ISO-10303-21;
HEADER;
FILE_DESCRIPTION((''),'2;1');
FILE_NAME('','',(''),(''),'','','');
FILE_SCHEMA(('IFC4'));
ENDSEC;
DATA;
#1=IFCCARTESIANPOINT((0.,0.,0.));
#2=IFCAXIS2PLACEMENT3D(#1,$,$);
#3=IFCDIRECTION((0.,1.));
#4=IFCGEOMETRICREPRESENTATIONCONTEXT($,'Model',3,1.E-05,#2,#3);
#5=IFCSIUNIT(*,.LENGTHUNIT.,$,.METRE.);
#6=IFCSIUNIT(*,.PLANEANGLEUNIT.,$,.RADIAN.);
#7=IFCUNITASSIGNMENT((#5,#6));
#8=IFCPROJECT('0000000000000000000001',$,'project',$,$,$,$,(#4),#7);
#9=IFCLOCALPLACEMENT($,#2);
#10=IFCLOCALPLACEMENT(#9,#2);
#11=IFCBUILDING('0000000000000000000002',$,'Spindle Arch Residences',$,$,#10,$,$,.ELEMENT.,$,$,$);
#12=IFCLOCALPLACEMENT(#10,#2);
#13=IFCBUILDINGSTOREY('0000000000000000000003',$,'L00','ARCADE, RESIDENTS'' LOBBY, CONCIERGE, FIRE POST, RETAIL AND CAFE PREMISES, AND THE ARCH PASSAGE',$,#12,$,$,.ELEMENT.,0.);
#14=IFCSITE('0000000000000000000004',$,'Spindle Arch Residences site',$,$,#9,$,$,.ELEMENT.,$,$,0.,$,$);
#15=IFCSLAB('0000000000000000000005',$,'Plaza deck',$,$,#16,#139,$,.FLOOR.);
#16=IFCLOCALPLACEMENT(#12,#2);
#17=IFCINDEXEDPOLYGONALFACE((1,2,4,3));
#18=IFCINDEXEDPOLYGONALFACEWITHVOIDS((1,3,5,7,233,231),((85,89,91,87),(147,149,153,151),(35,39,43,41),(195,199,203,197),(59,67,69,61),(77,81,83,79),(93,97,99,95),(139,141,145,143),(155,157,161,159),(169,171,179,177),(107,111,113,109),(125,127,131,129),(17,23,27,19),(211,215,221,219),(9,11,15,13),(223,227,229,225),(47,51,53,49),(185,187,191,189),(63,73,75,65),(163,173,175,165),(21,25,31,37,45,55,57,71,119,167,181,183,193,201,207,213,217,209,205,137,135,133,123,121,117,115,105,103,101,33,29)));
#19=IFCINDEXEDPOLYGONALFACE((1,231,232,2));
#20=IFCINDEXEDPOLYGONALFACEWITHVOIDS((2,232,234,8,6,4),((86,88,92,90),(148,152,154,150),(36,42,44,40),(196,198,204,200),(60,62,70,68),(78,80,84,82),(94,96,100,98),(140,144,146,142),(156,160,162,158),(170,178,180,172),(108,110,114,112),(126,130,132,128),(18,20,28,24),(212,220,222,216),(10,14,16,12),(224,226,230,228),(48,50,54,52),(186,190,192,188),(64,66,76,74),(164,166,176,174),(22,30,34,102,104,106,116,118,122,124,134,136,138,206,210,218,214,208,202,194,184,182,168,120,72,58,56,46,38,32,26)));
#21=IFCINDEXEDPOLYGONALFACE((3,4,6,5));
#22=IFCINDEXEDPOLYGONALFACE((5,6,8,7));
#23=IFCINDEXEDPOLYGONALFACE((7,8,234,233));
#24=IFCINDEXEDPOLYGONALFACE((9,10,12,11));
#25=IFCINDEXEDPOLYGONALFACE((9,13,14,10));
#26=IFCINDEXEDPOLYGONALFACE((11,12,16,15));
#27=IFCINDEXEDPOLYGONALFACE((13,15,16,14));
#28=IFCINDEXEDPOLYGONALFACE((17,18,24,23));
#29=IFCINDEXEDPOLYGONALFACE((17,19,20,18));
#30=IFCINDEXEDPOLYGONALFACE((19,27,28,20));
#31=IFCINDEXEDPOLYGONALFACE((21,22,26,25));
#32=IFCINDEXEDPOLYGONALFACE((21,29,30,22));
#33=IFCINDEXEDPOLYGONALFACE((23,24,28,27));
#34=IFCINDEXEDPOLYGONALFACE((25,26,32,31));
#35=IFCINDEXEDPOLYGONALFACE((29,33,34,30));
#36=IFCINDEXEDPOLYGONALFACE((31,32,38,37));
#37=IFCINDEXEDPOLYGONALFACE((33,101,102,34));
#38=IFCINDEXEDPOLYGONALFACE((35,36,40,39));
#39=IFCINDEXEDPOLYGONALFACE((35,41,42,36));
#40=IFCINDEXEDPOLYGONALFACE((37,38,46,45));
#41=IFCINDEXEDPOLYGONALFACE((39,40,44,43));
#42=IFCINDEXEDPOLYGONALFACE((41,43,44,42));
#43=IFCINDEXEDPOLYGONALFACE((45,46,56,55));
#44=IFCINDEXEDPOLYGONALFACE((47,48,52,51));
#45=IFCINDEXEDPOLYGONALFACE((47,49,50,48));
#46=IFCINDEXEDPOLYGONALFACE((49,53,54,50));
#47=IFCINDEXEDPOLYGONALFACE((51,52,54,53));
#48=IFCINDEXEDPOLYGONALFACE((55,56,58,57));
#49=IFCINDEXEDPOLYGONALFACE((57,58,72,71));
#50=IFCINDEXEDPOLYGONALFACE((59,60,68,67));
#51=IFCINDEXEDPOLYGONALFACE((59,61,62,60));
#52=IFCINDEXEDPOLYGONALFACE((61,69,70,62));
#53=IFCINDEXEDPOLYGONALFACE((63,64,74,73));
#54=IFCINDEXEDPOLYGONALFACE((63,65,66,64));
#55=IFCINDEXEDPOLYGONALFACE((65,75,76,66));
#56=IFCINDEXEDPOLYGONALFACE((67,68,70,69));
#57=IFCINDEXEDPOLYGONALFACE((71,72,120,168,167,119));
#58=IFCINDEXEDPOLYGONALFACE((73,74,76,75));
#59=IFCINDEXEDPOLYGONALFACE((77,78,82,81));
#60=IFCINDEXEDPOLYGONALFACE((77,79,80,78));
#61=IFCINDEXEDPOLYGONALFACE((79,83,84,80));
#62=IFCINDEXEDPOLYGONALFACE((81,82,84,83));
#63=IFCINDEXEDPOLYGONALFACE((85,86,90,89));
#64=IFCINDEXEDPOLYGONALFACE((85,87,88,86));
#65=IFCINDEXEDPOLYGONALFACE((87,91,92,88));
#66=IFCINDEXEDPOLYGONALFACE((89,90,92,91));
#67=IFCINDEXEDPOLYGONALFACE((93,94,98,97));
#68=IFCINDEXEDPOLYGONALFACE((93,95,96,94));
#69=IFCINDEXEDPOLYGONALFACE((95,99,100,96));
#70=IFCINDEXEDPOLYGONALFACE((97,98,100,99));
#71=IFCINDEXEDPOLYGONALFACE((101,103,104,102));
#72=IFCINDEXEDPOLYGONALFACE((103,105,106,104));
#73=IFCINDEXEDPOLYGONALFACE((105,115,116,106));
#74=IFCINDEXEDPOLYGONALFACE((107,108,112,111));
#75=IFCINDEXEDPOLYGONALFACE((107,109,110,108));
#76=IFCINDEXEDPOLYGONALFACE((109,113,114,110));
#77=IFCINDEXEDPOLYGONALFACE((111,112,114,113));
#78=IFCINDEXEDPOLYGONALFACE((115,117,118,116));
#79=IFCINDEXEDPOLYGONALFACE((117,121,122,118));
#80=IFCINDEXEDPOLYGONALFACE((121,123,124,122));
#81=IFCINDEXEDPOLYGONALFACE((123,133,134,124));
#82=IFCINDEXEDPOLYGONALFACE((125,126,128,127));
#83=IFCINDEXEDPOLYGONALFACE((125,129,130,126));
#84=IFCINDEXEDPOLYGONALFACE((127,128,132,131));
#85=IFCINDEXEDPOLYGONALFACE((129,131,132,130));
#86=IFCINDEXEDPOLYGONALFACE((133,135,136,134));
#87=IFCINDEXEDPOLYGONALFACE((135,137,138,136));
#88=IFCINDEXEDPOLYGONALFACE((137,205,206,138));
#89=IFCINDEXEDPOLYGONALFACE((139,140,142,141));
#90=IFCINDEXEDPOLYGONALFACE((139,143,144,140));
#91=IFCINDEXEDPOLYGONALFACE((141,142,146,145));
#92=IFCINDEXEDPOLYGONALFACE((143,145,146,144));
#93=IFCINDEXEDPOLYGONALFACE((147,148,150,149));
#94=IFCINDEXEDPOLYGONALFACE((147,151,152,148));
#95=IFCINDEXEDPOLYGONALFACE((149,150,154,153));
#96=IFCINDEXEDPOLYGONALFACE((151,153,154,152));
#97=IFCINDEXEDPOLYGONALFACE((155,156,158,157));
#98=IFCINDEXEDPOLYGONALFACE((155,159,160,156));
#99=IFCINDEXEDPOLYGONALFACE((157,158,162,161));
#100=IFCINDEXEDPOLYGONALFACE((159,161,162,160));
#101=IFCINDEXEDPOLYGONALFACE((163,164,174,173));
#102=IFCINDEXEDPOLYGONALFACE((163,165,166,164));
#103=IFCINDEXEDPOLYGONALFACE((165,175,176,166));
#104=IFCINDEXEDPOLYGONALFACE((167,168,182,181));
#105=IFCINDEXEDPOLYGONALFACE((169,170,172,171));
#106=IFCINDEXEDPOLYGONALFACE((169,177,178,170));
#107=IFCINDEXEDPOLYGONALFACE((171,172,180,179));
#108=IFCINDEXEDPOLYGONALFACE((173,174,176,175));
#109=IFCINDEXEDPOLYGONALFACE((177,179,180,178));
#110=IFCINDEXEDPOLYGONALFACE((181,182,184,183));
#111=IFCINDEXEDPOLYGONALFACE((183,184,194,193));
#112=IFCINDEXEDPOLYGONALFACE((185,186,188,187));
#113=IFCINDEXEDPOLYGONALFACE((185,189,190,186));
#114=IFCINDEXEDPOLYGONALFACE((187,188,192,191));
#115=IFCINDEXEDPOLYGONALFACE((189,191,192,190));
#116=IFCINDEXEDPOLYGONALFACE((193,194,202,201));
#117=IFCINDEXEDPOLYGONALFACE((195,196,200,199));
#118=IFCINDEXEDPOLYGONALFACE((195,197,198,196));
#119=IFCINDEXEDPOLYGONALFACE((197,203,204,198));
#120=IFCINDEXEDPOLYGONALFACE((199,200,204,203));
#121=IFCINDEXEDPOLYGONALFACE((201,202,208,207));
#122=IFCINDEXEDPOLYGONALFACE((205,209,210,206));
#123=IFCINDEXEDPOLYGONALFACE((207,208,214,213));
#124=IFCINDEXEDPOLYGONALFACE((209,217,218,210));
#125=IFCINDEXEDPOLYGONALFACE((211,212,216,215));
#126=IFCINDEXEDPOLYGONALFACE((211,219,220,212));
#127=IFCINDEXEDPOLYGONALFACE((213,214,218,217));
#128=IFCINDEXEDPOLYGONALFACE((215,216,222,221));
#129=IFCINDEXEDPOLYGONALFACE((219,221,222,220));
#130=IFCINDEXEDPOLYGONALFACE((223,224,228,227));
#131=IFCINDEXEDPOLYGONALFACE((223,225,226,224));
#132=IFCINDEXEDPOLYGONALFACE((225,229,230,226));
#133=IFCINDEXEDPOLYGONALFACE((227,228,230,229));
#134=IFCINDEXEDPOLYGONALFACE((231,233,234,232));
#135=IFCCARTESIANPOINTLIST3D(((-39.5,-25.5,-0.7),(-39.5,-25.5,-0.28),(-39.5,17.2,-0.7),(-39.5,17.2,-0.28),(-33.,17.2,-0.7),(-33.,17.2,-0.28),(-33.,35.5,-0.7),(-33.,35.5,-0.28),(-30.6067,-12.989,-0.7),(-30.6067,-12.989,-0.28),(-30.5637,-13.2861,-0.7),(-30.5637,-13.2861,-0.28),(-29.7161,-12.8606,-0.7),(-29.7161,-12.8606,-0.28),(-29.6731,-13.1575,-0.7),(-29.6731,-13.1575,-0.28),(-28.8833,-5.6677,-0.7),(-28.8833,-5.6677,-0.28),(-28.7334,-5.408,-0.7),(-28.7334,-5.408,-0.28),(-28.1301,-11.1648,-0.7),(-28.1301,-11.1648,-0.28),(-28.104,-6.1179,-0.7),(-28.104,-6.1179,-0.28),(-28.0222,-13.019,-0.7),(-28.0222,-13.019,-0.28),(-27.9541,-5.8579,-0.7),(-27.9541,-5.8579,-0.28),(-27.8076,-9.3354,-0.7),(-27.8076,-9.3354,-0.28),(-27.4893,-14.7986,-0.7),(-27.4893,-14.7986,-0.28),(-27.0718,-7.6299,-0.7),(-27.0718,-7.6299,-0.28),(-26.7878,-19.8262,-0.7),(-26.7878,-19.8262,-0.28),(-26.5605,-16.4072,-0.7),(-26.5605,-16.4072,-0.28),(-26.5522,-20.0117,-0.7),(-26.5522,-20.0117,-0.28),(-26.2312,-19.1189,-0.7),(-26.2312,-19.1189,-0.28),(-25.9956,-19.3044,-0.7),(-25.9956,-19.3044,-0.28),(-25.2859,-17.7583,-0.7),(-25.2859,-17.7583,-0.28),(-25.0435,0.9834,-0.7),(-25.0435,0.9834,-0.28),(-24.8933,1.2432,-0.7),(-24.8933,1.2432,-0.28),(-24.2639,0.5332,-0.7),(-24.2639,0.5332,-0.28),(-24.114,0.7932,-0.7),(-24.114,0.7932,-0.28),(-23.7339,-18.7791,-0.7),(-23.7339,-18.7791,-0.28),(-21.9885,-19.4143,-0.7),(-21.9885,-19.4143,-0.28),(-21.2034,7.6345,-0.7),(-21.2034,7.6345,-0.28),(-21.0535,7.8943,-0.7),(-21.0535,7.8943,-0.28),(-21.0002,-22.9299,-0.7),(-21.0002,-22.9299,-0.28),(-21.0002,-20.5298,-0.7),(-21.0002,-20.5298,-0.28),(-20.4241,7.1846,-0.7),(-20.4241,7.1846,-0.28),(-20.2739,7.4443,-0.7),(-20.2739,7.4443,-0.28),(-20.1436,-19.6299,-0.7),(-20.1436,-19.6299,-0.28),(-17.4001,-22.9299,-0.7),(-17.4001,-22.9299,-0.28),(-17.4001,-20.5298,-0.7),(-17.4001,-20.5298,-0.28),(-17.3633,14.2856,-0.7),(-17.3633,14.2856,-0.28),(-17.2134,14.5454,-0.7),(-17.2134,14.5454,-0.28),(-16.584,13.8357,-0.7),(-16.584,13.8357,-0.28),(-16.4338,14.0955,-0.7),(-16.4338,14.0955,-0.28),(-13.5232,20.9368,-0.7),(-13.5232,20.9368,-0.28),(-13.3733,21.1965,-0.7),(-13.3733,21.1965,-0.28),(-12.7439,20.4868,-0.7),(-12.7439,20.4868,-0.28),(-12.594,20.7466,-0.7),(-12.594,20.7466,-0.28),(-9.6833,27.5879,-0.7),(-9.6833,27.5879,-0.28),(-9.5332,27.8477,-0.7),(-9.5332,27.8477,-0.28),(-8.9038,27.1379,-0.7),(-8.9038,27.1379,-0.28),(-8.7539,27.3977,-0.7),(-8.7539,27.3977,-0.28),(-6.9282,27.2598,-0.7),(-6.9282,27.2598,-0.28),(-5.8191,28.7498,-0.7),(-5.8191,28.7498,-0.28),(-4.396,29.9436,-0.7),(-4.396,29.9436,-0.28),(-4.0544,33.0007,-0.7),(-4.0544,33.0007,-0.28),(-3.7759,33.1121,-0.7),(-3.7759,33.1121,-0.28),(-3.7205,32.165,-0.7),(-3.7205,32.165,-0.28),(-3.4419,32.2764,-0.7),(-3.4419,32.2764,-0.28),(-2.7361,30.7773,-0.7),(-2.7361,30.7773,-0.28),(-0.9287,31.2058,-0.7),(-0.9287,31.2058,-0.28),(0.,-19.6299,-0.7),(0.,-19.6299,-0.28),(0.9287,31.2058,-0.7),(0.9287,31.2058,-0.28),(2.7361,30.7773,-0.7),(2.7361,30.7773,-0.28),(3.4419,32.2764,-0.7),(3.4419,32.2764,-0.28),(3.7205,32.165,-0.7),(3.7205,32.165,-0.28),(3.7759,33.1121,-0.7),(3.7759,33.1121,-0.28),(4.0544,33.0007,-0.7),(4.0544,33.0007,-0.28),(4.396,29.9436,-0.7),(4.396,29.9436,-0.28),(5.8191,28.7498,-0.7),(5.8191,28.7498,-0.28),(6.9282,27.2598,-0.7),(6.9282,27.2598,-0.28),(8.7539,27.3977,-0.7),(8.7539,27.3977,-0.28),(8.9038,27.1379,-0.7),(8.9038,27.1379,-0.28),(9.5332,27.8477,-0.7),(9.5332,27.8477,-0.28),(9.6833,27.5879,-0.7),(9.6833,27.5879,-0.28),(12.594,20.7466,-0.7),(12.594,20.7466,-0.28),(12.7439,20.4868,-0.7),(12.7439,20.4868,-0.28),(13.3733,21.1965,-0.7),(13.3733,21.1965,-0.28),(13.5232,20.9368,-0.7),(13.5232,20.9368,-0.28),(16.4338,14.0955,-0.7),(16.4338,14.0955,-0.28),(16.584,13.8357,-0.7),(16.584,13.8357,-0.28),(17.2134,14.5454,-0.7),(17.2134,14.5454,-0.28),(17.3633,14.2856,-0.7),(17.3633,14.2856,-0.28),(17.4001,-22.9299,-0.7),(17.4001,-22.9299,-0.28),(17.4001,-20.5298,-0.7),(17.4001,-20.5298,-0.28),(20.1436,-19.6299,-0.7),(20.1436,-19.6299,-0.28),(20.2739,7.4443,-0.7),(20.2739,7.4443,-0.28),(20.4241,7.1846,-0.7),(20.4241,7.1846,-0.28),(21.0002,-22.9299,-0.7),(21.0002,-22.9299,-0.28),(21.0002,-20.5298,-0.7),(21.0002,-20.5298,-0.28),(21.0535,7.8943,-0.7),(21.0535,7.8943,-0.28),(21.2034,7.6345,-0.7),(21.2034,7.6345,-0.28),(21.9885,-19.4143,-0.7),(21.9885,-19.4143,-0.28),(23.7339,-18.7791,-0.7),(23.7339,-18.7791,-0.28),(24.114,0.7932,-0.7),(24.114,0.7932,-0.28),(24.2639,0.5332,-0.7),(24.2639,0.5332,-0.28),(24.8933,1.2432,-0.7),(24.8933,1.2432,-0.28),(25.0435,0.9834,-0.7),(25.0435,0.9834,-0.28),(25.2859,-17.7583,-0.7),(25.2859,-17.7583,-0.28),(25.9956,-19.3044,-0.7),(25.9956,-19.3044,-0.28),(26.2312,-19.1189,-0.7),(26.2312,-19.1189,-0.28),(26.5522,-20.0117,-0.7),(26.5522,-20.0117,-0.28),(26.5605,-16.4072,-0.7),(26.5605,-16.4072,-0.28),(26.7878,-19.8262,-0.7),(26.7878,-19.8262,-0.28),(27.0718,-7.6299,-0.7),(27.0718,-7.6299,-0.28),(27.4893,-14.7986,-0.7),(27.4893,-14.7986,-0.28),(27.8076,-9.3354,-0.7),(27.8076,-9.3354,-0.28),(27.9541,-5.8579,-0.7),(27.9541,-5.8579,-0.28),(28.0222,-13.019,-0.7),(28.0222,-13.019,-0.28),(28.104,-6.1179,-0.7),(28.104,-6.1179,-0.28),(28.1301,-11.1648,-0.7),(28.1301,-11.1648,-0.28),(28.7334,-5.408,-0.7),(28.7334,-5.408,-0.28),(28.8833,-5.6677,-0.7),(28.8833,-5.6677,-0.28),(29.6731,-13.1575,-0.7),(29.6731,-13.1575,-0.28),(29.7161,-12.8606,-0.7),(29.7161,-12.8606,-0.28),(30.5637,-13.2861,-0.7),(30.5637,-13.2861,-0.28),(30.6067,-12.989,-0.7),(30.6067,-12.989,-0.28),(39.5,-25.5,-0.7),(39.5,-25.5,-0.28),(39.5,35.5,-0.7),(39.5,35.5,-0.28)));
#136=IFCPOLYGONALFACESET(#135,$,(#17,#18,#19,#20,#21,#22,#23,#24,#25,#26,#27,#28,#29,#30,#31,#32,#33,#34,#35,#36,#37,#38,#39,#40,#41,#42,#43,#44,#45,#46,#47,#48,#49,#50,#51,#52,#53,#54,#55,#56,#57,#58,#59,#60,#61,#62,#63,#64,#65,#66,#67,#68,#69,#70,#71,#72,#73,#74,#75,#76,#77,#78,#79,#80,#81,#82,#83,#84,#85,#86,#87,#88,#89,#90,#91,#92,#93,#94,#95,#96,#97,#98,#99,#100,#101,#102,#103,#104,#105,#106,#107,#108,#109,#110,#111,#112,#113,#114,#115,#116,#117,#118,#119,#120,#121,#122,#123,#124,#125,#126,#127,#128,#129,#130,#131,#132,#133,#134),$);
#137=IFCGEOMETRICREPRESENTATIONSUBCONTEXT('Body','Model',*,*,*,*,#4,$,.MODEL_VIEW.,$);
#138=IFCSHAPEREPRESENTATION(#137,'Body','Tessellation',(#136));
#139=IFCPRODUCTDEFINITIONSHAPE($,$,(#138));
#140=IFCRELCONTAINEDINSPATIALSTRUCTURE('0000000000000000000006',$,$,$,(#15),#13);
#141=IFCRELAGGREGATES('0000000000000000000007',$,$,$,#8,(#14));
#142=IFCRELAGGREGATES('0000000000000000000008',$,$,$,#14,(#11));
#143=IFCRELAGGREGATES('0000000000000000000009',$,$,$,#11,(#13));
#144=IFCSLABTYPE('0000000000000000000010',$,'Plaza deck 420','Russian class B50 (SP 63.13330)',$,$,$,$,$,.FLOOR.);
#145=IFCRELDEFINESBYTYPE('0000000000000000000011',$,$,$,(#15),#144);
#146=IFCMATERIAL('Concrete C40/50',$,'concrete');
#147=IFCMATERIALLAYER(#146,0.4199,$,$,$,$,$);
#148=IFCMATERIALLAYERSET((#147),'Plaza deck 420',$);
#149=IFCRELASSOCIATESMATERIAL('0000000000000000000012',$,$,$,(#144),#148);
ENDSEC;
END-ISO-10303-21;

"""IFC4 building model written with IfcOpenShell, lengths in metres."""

from ifc_helpers import new_model, si_unit, direction, frame, origin, place, context, subcontext, project, spatial, polyline, outline, extrude, material, layer, layer_set, type_object, element, save


model = new_model("IFC4")

# Units and contexts
model_context = context("Model", 3, precision=1e-05, world=origin(), true_north=direction((0.0, 1.0)))
body_context = subcontext(model_context, "Body", "Model", "MODEL_VIEW")
ifc_project = project(units=[si_unit("LENGTHUNIT", "METRE"), si_unit("PLANEANGLEUNIT", "RADIAN")], contexts=[model_context])

# Site, building, storey
site_placement = place(None, origin())
site = spatial("IfcSite", under=ifc_project, at=site_placement, Name="Spindle Arch Residences site", CompositionType="ELEMENT", RefElevation=0.0)
building_placement = place(site_placement, origin())
building = spatial("IfcBuilding", under=site, at=building_placement, Name="Spindle Arch Residences", CompositionType="ELEMENT")
storey_placement = place(building_placement, origin())
storey = spatial("IfcBuildingStorey", under=building, at=storey_placement, Name="L00", Description="ARCADE, RESIDENTS' LOBBY, CONCIERGE, FIRE POST, RETAIL AND CAFE PREMISES, AND THE ARCH PASSAGE", CompositionType="ELEMENT", Elevation=0.0)

# Slab
ifc_material_1 = material(Name="Concrete C40/50", Category="concrete")
ifc_layer_1 = layer(ifc_material_1, 0.4199)
ifc_layer_set_1 = layer_set([ifc_layer_1], Name="Plaza deck 420")
slab_type_1 = type_object("IfcSlabType", Name="Plaza deck 420", Description="Russian class B50 (SP 63.13330)", PredefinedType="FLOOR", material=ifc_layer_set_1)
slab_1_placement = place(storey_placement, frame((0.0, 0.0, -0.7)))
element("IfcSlab", 1, at=slab_1_placement, inside=storey, type_object=slab_type_1, Name="Plaza deck", PredefinedType="FLOOR", context=body_context, shape_type="SweptSolid", body=[
    extrude(outline(polyline([(-33.0, 35.5), (39.5, 35.5), (39.5, -25.5), (-39.5, -25.5), (-39.5, 17.2), (-33.0, 17.2), (-33.0, 35.5)]), holes=[polyline([(21.9885, -19.4143), (23.7339, -18.7791), (25.2859, -17.7583), (26.5605, -16.4072), (27.4893, -14.7986), (28.0222, -13.019), (28.1301, -11.1648), (27.8076, -9.3354), (27.0718, -7.6299), (6.9282, 27.2598), (5.8191, 28.7498), (4.396, 29.9436), (2.7361, 30.7773), (0.9287, 31.2058), (-0.9287, 31.2058), (-2.7361, 30.7773), (-4.396, 29.9436), (-5.8191, 28.7498), (-6.9282, 27.2598), (-27.0718, -7.6299), (-27.8076, -9.3354), (-28.1301, -11.1648), (-28.0222, -13.019), (-27.4893, -14.7986), (-26.5605, -16.4072), (-25.2859, -17.7583), (-23.7339, -18.7791), (-21.9885, -19.4143), (-20.1436, -19.6299), (0.0, -19.6299), (20.1436, -19.6299), (21.9885, -19.4143)]), polyline([(-17.4001, -22.9299), (-17.4001, -20.5298), (-21.0002, -20.5298), (-21.0002, -22.9299), (-17.4001, -22.9299)]), polyline([(-26.2312, -19.1189), (-26.7878, -19.8262), (-26.5522, -20.0117), (-25.9956, -19.3044), (-26.2312, -19.1189)]), polyline([(-29.7161, -12.8606), (-30.6067, -12.989), (-30.5637, -13.2861), (-29.6731, -13.1575), (-29.7161, -12.8606)]), polyline([(-28.104, -6.1179), (-27.9541, -5.8579), (-28.7334, -5.408), (-28.8833, -5.6677), (-28.104, -6.1179)]), polyline([(-24.114, 0.7932), (-24.8933, 1.2432), (-25.0435, 0.9834), (-24.2639, 0.5332), (-24.114, 0.7932)]), polyline([(-20.4241, 7.1846), (-20.2739, 7.4443), (-21.0535, 7.8943), (-21.2034, 7.6345), (-20.4241, 7.1846)]), polyline([(-16.584, 13.8357), (-16.4338, 14.0955), (-17.2134, 14.5454), (-17.3633, 14.2856), (-16.584, 13.8357)]), polyline([(-12.594, 20.7466), (-13.3733, 21.1965), (-13.5232, 20.9368), (-12.7439, 20.4868), (-12.594, 20.7466)]), polyline([(-8.9038, 27.1379), (-8.7539, 27.3977), (-9.5332, 27.8477), (-9.6833, 27.5879), (-8.9038, 27.1379)]), polyline([(-3.4419, 32.2764), (-3.7759, 33.1121), (-4.0544, 33.0007), (-3.7205, 32.165), (-3.4419, 32.2764)]), polyline([(17.4001, -22.9299), (21.0002, -22.9299), (21.0002, -20.5298), (17.4001, -20.5298), (17.4001, -22.9299)]), polyline([(26.2312, -19.1189), (25.9956, -19.3044), (26.5522, -20.0117), (26.7878, -19.8262), (26.2312, -19.1189)]), polyline([(29.6731, -13.1575), (30.5637, -13.2861), (30.6067, -12.989), (29.7161, -12.8606), (29.6731, -13.1575)]), polyline([(27.9541, -5.8579), (28.104, -6.1179), (28.8833, -5.6677), (28.7334, -5.408), (27.9541, -5.8579)]), polyline([(24.2639, 0.5332), (25.0435, 0.9834), (24.8933, 1.2432), (24.114, 0.7932), (24.2639, 0.5332)]), polyline([(20.2739, 7.4443), (20.4241, 7.1846), (21.2034, 7.6345), (21.0535, 7.8943), (20.2739, 7.4443)]), polyline([(16.4338, 14.0955), (16.584, 13.8357), (17.3633, 14.2856), (17.2134, 14.5454), (16.4338, 14.0955)]), polyline([(12.7439, 20.4868), (13.5232, 20.9368), (13.3733, 21.1965), (12.594, 20.7466), (12.7439, 20.4868)]), polyline([(8.7539, 27.3977), (8.9038, 27.1379), (9.6833, 27.5879), (9.5332, 27.8477), (8.7539, 27.3977)]), polyline([(3.4419, 32.2764), (3.7205, 32.165), (4.0544, 33.0007), (3.7759, 33.1121), (3.4419, 32.2764)])]), origin(), (0.0, 0.0, 1.0), 0.4199),
])

save(model, "model.ifc")
